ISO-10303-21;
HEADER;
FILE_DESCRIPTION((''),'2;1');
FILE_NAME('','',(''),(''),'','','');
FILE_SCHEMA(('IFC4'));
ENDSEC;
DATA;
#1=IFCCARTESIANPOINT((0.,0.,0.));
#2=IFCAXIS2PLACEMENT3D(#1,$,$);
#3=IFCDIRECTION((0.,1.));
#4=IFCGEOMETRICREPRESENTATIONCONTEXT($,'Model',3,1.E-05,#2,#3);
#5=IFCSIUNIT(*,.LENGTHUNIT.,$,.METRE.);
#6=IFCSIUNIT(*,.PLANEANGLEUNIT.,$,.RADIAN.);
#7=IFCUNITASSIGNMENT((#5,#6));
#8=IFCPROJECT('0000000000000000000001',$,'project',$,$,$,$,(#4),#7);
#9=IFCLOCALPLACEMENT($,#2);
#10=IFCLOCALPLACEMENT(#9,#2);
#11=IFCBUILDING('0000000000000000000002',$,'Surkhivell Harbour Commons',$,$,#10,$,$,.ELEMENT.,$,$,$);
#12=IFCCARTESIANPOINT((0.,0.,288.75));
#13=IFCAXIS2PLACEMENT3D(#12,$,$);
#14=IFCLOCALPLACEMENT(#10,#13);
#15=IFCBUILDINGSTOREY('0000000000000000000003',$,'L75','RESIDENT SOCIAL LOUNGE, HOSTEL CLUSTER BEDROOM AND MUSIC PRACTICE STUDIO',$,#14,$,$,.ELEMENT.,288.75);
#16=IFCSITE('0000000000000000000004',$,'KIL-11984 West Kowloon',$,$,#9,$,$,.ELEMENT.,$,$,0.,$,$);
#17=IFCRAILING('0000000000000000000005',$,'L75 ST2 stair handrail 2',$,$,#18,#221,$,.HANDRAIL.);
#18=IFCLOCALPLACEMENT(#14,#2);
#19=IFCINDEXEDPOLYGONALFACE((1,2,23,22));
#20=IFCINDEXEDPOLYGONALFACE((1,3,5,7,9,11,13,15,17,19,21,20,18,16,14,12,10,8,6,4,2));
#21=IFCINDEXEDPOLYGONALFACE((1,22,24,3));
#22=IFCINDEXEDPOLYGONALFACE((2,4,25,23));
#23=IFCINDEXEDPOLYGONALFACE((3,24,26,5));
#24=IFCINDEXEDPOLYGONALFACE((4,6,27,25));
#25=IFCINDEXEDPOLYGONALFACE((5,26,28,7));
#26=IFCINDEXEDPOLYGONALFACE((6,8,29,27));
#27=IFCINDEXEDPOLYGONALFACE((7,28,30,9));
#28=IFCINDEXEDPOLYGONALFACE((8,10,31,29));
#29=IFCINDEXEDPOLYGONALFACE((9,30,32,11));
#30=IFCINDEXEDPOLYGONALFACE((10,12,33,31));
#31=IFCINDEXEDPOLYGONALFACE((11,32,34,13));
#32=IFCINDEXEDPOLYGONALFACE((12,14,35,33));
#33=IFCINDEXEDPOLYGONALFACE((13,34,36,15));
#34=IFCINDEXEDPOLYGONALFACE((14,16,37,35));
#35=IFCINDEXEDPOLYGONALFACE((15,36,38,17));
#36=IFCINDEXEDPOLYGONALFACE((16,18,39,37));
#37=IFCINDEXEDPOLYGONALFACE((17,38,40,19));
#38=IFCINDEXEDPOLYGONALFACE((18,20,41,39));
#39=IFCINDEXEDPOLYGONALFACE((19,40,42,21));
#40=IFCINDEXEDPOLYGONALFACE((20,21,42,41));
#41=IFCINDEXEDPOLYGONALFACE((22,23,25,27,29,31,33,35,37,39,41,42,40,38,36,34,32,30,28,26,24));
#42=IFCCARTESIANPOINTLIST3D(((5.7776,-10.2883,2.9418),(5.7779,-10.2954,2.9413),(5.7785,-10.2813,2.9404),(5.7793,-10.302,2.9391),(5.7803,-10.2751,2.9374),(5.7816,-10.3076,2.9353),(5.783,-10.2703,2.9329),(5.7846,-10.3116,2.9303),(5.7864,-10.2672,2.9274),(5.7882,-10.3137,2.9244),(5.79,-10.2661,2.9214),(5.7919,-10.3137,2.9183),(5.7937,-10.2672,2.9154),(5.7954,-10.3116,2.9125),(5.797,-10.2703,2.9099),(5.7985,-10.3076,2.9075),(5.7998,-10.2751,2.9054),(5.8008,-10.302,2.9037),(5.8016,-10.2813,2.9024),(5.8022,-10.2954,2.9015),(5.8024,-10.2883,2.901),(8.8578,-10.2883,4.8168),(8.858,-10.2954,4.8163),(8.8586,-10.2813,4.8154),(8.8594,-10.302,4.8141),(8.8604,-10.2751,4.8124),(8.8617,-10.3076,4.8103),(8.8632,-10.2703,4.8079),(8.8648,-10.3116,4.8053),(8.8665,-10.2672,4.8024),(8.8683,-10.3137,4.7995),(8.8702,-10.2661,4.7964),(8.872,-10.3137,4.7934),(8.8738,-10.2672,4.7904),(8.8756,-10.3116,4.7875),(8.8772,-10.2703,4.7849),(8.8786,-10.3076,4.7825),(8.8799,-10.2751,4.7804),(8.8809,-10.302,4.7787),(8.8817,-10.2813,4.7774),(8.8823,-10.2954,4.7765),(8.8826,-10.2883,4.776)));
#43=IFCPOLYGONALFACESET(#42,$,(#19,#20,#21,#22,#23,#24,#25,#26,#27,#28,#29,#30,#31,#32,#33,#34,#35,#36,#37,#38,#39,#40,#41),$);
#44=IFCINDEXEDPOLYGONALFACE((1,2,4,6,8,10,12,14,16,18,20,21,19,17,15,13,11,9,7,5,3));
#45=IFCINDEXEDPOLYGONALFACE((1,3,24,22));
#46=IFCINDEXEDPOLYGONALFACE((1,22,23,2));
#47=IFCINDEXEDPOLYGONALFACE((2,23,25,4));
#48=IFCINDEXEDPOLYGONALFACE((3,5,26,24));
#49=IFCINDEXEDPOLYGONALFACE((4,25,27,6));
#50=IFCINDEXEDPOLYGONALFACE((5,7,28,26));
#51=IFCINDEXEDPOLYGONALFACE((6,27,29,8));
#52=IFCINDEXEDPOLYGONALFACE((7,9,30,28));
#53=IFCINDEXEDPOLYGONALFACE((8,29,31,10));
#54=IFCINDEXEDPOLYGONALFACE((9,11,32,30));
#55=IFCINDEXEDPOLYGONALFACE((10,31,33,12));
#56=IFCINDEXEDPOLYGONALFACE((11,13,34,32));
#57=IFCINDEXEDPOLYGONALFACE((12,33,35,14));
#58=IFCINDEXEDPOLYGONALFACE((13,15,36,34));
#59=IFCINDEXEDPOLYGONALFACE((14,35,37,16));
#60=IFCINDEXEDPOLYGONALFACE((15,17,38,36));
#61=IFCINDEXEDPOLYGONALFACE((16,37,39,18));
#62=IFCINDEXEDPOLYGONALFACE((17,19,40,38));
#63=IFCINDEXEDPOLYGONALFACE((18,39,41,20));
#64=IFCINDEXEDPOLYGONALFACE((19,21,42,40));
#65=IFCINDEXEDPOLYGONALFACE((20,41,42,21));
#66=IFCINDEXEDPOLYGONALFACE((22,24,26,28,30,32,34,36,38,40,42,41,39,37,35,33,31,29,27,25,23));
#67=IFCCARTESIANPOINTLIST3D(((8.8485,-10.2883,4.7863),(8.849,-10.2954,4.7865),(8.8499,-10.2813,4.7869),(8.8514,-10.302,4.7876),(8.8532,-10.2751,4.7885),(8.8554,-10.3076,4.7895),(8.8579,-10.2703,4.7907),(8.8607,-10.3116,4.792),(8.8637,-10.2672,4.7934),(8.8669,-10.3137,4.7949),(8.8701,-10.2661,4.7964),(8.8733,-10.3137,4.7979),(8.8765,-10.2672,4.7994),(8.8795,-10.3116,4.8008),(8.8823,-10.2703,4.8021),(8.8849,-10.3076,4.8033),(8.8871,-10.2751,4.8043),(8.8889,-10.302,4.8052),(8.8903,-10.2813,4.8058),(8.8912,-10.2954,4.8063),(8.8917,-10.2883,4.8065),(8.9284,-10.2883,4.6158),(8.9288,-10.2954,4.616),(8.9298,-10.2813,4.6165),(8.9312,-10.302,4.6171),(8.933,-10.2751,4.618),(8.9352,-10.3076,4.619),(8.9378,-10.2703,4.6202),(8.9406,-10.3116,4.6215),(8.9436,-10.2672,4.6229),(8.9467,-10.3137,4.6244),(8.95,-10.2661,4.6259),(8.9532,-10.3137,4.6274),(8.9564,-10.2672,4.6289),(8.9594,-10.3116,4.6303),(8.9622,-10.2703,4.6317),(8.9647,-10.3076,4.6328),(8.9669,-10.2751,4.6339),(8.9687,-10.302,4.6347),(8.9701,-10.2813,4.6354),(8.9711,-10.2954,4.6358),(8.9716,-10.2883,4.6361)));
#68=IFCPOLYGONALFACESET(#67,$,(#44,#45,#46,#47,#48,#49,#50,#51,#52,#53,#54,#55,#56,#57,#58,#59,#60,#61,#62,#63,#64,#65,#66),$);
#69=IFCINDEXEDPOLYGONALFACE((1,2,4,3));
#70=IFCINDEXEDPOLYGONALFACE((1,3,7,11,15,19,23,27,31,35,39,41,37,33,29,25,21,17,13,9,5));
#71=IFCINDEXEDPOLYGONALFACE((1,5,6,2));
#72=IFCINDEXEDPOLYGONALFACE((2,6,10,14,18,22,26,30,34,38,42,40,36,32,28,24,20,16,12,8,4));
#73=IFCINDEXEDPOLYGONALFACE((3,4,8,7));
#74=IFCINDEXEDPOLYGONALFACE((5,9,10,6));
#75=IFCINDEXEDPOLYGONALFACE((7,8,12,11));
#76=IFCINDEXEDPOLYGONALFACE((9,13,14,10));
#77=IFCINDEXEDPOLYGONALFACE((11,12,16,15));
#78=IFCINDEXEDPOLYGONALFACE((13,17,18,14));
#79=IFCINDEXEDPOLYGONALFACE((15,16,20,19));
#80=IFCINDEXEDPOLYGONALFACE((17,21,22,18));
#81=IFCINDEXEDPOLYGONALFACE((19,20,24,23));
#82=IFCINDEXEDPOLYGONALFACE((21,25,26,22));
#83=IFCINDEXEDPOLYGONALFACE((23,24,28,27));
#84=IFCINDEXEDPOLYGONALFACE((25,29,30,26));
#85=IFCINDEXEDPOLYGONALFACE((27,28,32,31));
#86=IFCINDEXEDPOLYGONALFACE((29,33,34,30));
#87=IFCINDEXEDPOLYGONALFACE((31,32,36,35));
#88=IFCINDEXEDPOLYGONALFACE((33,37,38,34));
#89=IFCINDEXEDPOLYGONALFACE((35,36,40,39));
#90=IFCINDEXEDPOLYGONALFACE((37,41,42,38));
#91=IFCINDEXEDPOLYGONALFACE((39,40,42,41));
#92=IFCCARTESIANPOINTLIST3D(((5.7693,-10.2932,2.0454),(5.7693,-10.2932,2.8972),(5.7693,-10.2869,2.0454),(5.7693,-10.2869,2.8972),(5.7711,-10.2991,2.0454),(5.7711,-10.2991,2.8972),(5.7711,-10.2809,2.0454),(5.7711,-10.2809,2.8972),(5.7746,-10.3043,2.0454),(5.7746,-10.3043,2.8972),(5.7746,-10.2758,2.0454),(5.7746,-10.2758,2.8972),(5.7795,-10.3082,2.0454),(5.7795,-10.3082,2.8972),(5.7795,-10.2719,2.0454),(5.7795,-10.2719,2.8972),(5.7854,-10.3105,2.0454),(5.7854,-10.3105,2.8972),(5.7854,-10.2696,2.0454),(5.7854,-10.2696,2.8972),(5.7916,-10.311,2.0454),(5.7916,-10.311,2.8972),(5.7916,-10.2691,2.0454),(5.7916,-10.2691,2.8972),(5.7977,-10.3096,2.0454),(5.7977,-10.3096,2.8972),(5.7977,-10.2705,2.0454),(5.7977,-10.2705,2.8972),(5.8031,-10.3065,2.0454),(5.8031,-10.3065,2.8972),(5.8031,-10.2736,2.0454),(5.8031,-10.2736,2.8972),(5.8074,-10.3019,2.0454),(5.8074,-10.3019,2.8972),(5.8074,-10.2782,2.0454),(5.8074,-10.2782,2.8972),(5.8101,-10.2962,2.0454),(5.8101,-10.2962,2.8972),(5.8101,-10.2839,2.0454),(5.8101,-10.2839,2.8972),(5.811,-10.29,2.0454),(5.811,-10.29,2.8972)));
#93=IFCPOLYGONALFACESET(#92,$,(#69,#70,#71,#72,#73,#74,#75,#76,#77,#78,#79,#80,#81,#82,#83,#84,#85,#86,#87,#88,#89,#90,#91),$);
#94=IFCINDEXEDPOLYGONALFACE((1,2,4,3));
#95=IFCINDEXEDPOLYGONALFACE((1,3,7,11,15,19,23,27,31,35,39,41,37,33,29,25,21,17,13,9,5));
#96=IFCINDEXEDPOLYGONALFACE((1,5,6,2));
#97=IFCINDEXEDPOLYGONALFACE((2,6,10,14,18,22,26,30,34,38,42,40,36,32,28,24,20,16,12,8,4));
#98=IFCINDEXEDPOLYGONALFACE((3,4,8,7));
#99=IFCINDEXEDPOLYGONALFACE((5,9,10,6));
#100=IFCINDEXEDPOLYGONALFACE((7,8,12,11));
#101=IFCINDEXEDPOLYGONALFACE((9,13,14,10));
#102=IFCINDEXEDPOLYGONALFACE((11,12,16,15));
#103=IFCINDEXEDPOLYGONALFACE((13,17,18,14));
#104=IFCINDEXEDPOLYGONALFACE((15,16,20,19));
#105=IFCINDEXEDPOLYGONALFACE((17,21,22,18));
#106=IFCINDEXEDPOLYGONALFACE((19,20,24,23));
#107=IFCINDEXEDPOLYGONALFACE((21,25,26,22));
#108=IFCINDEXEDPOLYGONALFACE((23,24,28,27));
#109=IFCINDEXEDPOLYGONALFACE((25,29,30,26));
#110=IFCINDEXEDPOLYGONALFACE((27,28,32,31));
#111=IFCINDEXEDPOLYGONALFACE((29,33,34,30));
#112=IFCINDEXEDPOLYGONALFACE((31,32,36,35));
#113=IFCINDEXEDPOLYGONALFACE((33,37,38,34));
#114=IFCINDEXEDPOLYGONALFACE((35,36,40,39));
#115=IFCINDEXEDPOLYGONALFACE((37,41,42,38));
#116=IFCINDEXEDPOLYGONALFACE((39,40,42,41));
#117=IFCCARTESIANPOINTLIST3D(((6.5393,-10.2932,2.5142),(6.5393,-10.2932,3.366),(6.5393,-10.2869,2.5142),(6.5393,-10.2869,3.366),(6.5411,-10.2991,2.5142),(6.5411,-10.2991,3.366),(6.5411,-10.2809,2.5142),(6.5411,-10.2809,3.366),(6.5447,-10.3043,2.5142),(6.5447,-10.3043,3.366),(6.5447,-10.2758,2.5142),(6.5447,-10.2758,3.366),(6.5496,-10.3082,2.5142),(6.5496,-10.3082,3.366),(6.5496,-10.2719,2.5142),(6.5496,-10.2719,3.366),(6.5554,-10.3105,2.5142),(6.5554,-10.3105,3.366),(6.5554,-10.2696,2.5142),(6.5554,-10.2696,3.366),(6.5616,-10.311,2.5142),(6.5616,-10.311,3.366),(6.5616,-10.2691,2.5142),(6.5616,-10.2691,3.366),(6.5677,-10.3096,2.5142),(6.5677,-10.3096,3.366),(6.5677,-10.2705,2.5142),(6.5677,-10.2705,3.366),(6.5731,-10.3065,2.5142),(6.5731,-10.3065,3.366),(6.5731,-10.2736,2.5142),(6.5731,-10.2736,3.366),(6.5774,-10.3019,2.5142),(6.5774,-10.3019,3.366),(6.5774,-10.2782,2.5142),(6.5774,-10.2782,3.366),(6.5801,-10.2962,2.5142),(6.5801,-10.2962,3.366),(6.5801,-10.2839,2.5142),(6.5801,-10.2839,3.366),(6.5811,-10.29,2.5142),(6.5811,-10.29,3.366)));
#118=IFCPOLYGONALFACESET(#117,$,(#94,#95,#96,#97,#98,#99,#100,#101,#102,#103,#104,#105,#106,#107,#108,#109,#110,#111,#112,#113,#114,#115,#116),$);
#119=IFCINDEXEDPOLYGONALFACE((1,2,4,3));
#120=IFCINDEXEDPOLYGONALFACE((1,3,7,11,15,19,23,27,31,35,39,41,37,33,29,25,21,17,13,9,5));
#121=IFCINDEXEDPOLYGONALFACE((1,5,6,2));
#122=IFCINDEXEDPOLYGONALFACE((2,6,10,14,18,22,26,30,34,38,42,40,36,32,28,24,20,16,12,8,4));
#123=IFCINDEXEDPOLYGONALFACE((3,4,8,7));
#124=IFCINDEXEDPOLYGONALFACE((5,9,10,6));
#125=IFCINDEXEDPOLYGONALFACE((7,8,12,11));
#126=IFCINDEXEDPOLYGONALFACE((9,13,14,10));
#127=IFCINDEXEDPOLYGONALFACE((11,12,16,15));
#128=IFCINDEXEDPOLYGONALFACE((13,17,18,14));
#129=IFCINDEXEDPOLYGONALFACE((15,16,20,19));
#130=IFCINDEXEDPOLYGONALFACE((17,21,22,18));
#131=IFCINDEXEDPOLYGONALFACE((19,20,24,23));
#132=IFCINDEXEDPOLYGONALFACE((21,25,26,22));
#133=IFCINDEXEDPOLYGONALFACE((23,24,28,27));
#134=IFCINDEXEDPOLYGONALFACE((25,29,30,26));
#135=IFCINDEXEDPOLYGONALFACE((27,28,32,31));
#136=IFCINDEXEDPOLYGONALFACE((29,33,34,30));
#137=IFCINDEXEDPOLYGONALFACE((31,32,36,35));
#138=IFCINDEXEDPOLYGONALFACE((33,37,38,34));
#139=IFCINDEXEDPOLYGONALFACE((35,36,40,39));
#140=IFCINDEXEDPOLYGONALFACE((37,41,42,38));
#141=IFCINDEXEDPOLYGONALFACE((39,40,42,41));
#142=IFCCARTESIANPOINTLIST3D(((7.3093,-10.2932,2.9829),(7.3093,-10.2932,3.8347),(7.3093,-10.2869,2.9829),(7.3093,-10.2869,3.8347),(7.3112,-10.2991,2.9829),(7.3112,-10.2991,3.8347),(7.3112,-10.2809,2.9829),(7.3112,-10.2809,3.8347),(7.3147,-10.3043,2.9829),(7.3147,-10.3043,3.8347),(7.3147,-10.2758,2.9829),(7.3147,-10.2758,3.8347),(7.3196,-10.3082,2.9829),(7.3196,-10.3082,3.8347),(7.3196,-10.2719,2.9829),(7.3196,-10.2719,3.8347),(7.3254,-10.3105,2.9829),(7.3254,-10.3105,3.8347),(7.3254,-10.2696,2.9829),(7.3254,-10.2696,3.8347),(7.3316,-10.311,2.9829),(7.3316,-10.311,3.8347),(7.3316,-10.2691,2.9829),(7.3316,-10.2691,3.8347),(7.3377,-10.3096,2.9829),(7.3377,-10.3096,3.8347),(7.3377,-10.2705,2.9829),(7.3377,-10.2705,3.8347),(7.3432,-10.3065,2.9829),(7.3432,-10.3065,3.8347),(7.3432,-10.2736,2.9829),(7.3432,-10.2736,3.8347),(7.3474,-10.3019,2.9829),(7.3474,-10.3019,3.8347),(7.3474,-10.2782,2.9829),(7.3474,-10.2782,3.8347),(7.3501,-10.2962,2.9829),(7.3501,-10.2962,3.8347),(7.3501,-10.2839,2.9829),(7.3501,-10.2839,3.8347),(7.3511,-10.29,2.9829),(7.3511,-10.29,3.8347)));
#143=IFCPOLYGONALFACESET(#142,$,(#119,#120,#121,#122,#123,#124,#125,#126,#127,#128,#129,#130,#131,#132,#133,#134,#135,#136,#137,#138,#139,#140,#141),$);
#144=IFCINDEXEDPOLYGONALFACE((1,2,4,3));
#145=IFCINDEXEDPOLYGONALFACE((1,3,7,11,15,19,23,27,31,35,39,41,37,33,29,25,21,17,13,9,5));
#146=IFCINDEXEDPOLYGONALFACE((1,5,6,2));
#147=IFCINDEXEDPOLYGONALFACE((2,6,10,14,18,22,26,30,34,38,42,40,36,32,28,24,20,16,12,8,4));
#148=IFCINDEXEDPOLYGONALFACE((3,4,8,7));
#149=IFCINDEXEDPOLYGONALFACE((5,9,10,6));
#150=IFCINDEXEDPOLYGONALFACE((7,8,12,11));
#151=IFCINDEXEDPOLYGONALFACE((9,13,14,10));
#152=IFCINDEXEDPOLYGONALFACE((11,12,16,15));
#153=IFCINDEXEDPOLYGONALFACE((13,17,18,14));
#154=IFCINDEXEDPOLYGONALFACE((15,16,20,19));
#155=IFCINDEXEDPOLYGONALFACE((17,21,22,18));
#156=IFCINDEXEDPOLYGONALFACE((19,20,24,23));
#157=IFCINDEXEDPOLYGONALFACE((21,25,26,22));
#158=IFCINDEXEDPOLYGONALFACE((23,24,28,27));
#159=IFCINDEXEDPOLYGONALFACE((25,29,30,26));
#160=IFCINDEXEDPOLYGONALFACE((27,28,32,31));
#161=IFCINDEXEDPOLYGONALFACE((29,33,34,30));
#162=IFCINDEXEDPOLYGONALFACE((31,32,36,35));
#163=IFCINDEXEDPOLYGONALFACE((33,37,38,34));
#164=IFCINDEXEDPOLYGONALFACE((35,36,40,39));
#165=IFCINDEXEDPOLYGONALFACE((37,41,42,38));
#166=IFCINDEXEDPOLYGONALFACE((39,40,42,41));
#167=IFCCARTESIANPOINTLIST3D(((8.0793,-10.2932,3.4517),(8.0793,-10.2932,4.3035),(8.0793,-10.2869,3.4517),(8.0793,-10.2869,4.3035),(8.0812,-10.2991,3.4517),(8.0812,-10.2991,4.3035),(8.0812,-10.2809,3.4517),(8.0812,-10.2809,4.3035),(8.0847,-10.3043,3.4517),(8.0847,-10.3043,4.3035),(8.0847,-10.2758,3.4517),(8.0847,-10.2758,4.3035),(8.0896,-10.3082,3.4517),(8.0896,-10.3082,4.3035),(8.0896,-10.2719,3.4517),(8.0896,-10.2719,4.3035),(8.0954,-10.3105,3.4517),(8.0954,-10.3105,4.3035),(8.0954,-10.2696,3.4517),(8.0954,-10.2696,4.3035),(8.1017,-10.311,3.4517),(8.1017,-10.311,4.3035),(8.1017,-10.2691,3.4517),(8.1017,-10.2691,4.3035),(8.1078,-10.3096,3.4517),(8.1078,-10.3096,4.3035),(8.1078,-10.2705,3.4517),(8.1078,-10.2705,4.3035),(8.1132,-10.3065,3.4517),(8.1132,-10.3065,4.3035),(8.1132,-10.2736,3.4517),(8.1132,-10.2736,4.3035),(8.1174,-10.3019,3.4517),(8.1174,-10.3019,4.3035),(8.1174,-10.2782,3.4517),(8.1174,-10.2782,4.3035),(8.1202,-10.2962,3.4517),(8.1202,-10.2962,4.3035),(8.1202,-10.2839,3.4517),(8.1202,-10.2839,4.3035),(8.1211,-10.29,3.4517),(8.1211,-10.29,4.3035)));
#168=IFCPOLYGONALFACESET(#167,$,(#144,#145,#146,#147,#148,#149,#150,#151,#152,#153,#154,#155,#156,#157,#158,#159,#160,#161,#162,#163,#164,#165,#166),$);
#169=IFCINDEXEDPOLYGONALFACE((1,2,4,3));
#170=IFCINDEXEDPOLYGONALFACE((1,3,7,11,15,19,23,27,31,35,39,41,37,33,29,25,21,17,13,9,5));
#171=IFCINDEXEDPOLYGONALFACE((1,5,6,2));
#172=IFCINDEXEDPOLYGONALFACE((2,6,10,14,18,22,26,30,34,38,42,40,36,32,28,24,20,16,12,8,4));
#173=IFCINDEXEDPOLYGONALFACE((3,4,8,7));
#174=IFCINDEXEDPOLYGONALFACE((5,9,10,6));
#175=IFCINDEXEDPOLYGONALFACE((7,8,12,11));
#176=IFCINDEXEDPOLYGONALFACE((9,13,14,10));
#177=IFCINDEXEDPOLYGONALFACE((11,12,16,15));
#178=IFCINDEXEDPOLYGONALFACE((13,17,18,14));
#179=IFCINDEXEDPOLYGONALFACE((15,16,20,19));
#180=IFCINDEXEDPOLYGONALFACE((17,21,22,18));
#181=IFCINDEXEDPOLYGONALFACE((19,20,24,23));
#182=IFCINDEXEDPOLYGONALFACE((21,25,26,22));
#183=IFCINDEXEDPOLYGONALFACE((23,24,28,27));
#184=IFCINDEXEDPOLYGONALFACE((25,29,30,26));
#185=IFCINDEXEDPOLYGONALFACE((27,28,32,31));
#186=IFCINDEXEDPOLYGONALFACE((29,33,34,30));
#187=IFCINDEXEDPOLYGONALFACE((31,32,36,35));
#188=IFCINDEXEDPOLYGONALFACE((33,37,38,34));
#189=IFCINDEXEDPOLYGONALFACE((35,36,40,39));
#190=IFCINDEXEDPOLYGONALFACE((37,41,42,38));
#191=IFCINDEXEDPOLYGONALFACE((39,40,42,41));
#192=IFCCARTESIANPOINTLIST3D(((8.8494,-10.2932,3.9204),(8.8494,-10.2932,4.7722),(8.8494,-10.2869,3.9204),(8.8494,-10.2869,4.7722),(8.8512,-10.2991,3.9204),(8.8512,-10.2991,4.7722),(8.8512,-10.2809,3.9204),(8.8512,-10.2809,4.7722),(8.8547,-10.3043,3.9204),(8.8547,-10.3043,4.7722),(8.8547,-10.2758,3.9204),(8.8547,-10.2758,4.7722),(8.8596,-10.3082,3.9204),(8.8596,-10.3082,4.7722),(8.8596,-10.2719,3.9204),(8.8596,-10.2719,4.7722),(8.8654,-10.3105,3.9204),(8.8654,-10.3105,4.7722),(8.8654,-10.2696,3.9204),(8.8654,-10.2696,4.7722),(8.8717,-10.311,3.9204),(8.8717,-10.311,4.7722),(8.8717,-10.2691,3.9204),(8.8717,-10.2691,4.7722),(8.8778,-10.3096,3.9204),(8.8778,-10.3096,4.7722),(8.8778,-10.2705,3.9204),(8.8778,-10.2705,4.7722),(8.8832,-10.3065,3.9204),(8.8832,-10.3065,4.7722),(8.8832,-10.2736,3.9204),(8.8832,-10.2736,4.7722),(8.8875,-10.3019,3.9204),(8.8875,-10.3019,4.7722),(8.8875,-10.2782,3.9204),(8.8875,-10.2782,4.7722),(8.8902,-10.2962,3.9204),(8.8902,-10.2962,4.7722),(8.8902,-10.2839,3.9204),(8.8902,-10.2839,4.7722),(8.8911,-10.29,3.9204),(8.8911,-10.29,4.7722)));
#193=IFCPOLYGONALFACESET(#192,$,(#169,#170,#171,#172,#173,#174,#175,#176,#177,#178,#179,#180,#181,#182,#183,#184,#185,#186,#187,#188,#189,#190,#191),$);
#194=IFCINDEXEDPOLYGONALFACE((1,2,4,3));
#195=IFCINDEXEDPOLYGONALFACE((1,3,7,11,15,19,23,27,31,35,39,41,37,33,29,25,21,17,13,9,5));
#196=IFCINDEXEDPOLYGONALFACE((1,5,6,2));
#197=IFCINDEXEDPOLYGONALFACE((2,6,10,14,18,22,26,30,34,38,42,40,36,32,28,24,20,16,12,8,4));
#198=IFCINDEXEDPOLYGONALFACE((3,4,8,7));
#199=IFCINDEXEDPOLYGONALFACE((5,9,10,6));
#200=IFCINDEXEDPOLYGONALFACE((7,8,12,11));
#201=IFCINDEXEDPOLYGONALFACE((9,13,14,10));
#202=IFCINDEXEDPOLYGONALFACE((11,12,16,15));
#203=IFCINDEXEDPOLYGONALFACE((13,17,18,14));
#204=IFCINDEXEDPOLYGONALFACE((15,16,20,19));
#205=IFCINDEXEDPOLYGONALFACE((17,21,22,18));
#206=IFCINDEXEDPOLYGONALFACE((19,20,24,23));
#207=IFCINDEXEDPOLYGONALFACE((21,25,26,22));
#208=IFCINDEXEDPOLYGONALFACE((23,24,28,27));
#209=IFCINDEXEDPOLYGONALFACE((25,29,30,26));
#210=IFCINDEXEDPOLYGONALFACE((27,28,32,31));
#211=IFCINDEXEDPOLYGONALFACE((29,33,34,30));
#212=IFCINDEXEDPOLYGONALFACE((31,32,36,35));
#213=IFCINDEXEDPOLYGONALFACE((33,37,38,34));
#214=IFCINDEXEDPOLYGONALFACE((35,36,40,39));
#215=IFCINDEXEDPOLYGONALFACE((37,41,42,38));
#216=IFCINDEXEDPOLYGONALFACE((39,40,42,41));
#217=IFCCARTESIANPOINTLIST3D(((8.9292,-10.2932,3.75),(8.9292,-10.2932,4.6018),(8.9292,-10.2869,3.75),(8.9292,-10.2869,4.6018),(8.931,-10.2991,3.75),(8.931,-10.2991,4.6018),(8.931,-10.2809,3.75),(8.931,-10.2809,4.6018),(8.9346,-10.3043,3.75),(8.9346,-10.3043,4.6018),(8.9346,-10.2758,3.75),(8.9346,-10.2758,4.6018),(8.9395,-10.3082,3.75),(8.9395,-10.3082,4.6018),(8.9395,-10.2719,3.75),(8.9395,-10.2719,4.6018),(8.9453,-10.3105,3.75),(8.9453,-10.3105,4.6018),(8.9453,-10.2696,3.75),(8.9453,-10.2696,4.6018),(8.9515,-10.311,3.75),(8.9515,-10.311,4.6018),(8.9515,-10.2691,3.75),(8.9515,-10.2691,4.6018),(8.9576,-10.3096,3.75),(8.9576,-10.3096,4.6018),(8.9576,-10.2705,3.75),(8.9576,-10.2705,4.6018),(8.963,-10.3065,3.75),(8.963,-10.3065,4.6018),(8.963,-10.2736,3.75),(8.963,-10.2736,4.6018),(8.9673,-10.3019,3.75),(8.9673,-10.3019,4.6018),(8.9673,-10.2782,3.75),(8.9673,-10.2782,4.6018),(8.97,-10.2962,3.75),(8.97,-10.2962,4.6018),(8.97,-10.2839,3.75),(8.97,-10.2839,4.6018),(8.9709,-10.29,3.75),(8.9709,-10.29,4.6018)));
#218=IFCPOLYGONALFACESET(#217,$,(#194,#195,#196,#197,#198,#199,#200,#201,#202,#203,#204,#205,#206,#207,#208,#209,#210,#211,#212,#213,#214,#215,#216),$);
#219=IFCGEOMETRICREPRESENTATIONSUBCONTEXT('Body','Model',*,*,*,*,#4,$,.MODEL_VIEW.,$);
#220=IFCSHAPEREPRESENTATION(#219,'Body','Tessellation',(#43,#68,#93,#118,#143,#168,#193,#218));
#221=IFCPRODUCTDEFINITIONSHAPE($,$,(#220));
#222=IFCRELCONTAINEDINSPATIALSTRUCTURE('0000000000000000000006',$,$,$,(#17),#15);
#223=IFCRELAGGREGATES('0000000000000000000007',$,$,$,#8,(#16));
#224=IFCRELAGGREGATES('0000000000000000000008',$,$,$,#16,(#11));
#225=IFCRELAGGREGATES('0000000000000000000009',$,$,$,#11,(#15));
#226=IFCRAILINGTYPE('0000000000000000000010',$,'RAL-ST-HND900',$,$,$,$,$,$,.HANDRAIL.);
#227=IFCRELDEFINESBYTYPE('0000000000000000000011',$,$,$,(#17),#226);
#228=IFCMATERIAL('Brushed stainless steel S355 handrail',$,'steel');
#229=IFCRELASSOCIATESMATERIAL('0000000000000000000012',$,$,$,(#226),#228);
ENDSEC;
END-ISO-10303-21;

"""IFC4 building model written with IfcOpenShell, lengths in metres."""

from ifc_helpers import new_model, si_unit, direction, frame, origin, origin_2d, place, context, subcontext, project, spatial, circle, extrude, material, type_object, element, save


model = new_model("IFC4")

# Units and contexts
model_context = context("Model", 3, precision=1e-05, world=origin(), true_north=direction((0.0, 1.0)))
body_context = subcontext(model_context, "Body", "Model", "MODEL_VIEW")
ifc_project = project(units=[si_unit("LENGTHUNIT", "METRE"), si_unit("PLANEANGLEUNIT", "RADIAN")], contexts=[model_context])

# Site, building, storey
site_placement = place(None, origin())
site = spatial("IfcSite", under=ifc_project, at=site_placement, Name="KIL-11984 West Kowloon", CompositionType="ELEMENT", RefElevation=0.0)
building_placement = place(site_placement, origin())
building = spatial("IfcBuilding", under=site, at=building_placement, Name="Surkhivell Harbour Commons", CompositionType="ELEMENT")
storey_placement = place(building_placement, frame((0.0, 0.0, 288.75)))
storey = spatial("IfcBuildingStorey", under=building, at=storey_placement, Name="L75", Description="RESIDENT SOCIAL LOUNGE, HOSTEL CLUSTER BEDROOM AND MUSIC PRACTICE STUDIO", CompositionType="ELEMENT", Elevation=288.75)

# Railing
ifc_material_1 = material(Name="Brushed stainless steel S355 handrail", Category="steel")
railing_type_1 = type_object("IfcRailingType", Name="RAL-ST-HND900", PredefinedType="HANDRAIL", material=ifc_material_1)
railing_1_placement = place(storey_placement, frame((5.79, -10.29, 2.0454)))
element("IfcRailing", 1, at=railing_1_placement, inside=storey, type_object=railing_type_1, Name="L75 ST2 stair handrail 2", PredefinedType="HANDRAIL", context=body_context, shape_type="SweptSolid", body=[
    extrude(circle(Radius=0.0239, at=origin_2d()), frame((0.0, 0.0, 0.876), z_axis=(0.854178, 0.0, 0.519981), x_axis=(0.0, 1.0, 0.0)), (0.0, 0.0, 1.0), 3.606),
    extrude(circle(Radius=0.0239, at=origin_2d()), frame((3.0801, 0.0, 2.751), z_axis=(0.424234, 0.0, -0.905552), x_axis=(0.0, 1.0, 0.0)), (0.0, 0.0, 1.0), 0.1882),
    extrude(circle(Radius=0.021, at=origin_2d()), origin(), (0.0, 0.0, 1.0), 0.8518),
    extrude(circle(Radius=0.021, at=origin_2d()), frame((0.77, 0.0, 0.4688)), (0.0, 0.0, 1.0), 0.8518),
    extrude(circle(Radius=0.021, at=origin_2d()), frame((1.54, 0.0, 0.9375)), (0.0, 0.0, 1.0), 0.8518),
    extrude(circle(Radius=0.021, at=origin_2d()), frame((2.3101, 0.0, 1.4062)), (0.0, 0.0, 1.0), 0.8518),
    extrude(circle(Radius=0.021, at=origin_2d()), frame((3.0801, 0.0, 1.875)), (0.0, 0.0, 1.0), 0.8518),
    extrude(circle(Radius=0.021, at=origin_2d()), frame((3.1599, 0.0, 1.7046)), (0.0, 0.0, 1.0), 0.8518),
])

save(model, "model.ifc")
